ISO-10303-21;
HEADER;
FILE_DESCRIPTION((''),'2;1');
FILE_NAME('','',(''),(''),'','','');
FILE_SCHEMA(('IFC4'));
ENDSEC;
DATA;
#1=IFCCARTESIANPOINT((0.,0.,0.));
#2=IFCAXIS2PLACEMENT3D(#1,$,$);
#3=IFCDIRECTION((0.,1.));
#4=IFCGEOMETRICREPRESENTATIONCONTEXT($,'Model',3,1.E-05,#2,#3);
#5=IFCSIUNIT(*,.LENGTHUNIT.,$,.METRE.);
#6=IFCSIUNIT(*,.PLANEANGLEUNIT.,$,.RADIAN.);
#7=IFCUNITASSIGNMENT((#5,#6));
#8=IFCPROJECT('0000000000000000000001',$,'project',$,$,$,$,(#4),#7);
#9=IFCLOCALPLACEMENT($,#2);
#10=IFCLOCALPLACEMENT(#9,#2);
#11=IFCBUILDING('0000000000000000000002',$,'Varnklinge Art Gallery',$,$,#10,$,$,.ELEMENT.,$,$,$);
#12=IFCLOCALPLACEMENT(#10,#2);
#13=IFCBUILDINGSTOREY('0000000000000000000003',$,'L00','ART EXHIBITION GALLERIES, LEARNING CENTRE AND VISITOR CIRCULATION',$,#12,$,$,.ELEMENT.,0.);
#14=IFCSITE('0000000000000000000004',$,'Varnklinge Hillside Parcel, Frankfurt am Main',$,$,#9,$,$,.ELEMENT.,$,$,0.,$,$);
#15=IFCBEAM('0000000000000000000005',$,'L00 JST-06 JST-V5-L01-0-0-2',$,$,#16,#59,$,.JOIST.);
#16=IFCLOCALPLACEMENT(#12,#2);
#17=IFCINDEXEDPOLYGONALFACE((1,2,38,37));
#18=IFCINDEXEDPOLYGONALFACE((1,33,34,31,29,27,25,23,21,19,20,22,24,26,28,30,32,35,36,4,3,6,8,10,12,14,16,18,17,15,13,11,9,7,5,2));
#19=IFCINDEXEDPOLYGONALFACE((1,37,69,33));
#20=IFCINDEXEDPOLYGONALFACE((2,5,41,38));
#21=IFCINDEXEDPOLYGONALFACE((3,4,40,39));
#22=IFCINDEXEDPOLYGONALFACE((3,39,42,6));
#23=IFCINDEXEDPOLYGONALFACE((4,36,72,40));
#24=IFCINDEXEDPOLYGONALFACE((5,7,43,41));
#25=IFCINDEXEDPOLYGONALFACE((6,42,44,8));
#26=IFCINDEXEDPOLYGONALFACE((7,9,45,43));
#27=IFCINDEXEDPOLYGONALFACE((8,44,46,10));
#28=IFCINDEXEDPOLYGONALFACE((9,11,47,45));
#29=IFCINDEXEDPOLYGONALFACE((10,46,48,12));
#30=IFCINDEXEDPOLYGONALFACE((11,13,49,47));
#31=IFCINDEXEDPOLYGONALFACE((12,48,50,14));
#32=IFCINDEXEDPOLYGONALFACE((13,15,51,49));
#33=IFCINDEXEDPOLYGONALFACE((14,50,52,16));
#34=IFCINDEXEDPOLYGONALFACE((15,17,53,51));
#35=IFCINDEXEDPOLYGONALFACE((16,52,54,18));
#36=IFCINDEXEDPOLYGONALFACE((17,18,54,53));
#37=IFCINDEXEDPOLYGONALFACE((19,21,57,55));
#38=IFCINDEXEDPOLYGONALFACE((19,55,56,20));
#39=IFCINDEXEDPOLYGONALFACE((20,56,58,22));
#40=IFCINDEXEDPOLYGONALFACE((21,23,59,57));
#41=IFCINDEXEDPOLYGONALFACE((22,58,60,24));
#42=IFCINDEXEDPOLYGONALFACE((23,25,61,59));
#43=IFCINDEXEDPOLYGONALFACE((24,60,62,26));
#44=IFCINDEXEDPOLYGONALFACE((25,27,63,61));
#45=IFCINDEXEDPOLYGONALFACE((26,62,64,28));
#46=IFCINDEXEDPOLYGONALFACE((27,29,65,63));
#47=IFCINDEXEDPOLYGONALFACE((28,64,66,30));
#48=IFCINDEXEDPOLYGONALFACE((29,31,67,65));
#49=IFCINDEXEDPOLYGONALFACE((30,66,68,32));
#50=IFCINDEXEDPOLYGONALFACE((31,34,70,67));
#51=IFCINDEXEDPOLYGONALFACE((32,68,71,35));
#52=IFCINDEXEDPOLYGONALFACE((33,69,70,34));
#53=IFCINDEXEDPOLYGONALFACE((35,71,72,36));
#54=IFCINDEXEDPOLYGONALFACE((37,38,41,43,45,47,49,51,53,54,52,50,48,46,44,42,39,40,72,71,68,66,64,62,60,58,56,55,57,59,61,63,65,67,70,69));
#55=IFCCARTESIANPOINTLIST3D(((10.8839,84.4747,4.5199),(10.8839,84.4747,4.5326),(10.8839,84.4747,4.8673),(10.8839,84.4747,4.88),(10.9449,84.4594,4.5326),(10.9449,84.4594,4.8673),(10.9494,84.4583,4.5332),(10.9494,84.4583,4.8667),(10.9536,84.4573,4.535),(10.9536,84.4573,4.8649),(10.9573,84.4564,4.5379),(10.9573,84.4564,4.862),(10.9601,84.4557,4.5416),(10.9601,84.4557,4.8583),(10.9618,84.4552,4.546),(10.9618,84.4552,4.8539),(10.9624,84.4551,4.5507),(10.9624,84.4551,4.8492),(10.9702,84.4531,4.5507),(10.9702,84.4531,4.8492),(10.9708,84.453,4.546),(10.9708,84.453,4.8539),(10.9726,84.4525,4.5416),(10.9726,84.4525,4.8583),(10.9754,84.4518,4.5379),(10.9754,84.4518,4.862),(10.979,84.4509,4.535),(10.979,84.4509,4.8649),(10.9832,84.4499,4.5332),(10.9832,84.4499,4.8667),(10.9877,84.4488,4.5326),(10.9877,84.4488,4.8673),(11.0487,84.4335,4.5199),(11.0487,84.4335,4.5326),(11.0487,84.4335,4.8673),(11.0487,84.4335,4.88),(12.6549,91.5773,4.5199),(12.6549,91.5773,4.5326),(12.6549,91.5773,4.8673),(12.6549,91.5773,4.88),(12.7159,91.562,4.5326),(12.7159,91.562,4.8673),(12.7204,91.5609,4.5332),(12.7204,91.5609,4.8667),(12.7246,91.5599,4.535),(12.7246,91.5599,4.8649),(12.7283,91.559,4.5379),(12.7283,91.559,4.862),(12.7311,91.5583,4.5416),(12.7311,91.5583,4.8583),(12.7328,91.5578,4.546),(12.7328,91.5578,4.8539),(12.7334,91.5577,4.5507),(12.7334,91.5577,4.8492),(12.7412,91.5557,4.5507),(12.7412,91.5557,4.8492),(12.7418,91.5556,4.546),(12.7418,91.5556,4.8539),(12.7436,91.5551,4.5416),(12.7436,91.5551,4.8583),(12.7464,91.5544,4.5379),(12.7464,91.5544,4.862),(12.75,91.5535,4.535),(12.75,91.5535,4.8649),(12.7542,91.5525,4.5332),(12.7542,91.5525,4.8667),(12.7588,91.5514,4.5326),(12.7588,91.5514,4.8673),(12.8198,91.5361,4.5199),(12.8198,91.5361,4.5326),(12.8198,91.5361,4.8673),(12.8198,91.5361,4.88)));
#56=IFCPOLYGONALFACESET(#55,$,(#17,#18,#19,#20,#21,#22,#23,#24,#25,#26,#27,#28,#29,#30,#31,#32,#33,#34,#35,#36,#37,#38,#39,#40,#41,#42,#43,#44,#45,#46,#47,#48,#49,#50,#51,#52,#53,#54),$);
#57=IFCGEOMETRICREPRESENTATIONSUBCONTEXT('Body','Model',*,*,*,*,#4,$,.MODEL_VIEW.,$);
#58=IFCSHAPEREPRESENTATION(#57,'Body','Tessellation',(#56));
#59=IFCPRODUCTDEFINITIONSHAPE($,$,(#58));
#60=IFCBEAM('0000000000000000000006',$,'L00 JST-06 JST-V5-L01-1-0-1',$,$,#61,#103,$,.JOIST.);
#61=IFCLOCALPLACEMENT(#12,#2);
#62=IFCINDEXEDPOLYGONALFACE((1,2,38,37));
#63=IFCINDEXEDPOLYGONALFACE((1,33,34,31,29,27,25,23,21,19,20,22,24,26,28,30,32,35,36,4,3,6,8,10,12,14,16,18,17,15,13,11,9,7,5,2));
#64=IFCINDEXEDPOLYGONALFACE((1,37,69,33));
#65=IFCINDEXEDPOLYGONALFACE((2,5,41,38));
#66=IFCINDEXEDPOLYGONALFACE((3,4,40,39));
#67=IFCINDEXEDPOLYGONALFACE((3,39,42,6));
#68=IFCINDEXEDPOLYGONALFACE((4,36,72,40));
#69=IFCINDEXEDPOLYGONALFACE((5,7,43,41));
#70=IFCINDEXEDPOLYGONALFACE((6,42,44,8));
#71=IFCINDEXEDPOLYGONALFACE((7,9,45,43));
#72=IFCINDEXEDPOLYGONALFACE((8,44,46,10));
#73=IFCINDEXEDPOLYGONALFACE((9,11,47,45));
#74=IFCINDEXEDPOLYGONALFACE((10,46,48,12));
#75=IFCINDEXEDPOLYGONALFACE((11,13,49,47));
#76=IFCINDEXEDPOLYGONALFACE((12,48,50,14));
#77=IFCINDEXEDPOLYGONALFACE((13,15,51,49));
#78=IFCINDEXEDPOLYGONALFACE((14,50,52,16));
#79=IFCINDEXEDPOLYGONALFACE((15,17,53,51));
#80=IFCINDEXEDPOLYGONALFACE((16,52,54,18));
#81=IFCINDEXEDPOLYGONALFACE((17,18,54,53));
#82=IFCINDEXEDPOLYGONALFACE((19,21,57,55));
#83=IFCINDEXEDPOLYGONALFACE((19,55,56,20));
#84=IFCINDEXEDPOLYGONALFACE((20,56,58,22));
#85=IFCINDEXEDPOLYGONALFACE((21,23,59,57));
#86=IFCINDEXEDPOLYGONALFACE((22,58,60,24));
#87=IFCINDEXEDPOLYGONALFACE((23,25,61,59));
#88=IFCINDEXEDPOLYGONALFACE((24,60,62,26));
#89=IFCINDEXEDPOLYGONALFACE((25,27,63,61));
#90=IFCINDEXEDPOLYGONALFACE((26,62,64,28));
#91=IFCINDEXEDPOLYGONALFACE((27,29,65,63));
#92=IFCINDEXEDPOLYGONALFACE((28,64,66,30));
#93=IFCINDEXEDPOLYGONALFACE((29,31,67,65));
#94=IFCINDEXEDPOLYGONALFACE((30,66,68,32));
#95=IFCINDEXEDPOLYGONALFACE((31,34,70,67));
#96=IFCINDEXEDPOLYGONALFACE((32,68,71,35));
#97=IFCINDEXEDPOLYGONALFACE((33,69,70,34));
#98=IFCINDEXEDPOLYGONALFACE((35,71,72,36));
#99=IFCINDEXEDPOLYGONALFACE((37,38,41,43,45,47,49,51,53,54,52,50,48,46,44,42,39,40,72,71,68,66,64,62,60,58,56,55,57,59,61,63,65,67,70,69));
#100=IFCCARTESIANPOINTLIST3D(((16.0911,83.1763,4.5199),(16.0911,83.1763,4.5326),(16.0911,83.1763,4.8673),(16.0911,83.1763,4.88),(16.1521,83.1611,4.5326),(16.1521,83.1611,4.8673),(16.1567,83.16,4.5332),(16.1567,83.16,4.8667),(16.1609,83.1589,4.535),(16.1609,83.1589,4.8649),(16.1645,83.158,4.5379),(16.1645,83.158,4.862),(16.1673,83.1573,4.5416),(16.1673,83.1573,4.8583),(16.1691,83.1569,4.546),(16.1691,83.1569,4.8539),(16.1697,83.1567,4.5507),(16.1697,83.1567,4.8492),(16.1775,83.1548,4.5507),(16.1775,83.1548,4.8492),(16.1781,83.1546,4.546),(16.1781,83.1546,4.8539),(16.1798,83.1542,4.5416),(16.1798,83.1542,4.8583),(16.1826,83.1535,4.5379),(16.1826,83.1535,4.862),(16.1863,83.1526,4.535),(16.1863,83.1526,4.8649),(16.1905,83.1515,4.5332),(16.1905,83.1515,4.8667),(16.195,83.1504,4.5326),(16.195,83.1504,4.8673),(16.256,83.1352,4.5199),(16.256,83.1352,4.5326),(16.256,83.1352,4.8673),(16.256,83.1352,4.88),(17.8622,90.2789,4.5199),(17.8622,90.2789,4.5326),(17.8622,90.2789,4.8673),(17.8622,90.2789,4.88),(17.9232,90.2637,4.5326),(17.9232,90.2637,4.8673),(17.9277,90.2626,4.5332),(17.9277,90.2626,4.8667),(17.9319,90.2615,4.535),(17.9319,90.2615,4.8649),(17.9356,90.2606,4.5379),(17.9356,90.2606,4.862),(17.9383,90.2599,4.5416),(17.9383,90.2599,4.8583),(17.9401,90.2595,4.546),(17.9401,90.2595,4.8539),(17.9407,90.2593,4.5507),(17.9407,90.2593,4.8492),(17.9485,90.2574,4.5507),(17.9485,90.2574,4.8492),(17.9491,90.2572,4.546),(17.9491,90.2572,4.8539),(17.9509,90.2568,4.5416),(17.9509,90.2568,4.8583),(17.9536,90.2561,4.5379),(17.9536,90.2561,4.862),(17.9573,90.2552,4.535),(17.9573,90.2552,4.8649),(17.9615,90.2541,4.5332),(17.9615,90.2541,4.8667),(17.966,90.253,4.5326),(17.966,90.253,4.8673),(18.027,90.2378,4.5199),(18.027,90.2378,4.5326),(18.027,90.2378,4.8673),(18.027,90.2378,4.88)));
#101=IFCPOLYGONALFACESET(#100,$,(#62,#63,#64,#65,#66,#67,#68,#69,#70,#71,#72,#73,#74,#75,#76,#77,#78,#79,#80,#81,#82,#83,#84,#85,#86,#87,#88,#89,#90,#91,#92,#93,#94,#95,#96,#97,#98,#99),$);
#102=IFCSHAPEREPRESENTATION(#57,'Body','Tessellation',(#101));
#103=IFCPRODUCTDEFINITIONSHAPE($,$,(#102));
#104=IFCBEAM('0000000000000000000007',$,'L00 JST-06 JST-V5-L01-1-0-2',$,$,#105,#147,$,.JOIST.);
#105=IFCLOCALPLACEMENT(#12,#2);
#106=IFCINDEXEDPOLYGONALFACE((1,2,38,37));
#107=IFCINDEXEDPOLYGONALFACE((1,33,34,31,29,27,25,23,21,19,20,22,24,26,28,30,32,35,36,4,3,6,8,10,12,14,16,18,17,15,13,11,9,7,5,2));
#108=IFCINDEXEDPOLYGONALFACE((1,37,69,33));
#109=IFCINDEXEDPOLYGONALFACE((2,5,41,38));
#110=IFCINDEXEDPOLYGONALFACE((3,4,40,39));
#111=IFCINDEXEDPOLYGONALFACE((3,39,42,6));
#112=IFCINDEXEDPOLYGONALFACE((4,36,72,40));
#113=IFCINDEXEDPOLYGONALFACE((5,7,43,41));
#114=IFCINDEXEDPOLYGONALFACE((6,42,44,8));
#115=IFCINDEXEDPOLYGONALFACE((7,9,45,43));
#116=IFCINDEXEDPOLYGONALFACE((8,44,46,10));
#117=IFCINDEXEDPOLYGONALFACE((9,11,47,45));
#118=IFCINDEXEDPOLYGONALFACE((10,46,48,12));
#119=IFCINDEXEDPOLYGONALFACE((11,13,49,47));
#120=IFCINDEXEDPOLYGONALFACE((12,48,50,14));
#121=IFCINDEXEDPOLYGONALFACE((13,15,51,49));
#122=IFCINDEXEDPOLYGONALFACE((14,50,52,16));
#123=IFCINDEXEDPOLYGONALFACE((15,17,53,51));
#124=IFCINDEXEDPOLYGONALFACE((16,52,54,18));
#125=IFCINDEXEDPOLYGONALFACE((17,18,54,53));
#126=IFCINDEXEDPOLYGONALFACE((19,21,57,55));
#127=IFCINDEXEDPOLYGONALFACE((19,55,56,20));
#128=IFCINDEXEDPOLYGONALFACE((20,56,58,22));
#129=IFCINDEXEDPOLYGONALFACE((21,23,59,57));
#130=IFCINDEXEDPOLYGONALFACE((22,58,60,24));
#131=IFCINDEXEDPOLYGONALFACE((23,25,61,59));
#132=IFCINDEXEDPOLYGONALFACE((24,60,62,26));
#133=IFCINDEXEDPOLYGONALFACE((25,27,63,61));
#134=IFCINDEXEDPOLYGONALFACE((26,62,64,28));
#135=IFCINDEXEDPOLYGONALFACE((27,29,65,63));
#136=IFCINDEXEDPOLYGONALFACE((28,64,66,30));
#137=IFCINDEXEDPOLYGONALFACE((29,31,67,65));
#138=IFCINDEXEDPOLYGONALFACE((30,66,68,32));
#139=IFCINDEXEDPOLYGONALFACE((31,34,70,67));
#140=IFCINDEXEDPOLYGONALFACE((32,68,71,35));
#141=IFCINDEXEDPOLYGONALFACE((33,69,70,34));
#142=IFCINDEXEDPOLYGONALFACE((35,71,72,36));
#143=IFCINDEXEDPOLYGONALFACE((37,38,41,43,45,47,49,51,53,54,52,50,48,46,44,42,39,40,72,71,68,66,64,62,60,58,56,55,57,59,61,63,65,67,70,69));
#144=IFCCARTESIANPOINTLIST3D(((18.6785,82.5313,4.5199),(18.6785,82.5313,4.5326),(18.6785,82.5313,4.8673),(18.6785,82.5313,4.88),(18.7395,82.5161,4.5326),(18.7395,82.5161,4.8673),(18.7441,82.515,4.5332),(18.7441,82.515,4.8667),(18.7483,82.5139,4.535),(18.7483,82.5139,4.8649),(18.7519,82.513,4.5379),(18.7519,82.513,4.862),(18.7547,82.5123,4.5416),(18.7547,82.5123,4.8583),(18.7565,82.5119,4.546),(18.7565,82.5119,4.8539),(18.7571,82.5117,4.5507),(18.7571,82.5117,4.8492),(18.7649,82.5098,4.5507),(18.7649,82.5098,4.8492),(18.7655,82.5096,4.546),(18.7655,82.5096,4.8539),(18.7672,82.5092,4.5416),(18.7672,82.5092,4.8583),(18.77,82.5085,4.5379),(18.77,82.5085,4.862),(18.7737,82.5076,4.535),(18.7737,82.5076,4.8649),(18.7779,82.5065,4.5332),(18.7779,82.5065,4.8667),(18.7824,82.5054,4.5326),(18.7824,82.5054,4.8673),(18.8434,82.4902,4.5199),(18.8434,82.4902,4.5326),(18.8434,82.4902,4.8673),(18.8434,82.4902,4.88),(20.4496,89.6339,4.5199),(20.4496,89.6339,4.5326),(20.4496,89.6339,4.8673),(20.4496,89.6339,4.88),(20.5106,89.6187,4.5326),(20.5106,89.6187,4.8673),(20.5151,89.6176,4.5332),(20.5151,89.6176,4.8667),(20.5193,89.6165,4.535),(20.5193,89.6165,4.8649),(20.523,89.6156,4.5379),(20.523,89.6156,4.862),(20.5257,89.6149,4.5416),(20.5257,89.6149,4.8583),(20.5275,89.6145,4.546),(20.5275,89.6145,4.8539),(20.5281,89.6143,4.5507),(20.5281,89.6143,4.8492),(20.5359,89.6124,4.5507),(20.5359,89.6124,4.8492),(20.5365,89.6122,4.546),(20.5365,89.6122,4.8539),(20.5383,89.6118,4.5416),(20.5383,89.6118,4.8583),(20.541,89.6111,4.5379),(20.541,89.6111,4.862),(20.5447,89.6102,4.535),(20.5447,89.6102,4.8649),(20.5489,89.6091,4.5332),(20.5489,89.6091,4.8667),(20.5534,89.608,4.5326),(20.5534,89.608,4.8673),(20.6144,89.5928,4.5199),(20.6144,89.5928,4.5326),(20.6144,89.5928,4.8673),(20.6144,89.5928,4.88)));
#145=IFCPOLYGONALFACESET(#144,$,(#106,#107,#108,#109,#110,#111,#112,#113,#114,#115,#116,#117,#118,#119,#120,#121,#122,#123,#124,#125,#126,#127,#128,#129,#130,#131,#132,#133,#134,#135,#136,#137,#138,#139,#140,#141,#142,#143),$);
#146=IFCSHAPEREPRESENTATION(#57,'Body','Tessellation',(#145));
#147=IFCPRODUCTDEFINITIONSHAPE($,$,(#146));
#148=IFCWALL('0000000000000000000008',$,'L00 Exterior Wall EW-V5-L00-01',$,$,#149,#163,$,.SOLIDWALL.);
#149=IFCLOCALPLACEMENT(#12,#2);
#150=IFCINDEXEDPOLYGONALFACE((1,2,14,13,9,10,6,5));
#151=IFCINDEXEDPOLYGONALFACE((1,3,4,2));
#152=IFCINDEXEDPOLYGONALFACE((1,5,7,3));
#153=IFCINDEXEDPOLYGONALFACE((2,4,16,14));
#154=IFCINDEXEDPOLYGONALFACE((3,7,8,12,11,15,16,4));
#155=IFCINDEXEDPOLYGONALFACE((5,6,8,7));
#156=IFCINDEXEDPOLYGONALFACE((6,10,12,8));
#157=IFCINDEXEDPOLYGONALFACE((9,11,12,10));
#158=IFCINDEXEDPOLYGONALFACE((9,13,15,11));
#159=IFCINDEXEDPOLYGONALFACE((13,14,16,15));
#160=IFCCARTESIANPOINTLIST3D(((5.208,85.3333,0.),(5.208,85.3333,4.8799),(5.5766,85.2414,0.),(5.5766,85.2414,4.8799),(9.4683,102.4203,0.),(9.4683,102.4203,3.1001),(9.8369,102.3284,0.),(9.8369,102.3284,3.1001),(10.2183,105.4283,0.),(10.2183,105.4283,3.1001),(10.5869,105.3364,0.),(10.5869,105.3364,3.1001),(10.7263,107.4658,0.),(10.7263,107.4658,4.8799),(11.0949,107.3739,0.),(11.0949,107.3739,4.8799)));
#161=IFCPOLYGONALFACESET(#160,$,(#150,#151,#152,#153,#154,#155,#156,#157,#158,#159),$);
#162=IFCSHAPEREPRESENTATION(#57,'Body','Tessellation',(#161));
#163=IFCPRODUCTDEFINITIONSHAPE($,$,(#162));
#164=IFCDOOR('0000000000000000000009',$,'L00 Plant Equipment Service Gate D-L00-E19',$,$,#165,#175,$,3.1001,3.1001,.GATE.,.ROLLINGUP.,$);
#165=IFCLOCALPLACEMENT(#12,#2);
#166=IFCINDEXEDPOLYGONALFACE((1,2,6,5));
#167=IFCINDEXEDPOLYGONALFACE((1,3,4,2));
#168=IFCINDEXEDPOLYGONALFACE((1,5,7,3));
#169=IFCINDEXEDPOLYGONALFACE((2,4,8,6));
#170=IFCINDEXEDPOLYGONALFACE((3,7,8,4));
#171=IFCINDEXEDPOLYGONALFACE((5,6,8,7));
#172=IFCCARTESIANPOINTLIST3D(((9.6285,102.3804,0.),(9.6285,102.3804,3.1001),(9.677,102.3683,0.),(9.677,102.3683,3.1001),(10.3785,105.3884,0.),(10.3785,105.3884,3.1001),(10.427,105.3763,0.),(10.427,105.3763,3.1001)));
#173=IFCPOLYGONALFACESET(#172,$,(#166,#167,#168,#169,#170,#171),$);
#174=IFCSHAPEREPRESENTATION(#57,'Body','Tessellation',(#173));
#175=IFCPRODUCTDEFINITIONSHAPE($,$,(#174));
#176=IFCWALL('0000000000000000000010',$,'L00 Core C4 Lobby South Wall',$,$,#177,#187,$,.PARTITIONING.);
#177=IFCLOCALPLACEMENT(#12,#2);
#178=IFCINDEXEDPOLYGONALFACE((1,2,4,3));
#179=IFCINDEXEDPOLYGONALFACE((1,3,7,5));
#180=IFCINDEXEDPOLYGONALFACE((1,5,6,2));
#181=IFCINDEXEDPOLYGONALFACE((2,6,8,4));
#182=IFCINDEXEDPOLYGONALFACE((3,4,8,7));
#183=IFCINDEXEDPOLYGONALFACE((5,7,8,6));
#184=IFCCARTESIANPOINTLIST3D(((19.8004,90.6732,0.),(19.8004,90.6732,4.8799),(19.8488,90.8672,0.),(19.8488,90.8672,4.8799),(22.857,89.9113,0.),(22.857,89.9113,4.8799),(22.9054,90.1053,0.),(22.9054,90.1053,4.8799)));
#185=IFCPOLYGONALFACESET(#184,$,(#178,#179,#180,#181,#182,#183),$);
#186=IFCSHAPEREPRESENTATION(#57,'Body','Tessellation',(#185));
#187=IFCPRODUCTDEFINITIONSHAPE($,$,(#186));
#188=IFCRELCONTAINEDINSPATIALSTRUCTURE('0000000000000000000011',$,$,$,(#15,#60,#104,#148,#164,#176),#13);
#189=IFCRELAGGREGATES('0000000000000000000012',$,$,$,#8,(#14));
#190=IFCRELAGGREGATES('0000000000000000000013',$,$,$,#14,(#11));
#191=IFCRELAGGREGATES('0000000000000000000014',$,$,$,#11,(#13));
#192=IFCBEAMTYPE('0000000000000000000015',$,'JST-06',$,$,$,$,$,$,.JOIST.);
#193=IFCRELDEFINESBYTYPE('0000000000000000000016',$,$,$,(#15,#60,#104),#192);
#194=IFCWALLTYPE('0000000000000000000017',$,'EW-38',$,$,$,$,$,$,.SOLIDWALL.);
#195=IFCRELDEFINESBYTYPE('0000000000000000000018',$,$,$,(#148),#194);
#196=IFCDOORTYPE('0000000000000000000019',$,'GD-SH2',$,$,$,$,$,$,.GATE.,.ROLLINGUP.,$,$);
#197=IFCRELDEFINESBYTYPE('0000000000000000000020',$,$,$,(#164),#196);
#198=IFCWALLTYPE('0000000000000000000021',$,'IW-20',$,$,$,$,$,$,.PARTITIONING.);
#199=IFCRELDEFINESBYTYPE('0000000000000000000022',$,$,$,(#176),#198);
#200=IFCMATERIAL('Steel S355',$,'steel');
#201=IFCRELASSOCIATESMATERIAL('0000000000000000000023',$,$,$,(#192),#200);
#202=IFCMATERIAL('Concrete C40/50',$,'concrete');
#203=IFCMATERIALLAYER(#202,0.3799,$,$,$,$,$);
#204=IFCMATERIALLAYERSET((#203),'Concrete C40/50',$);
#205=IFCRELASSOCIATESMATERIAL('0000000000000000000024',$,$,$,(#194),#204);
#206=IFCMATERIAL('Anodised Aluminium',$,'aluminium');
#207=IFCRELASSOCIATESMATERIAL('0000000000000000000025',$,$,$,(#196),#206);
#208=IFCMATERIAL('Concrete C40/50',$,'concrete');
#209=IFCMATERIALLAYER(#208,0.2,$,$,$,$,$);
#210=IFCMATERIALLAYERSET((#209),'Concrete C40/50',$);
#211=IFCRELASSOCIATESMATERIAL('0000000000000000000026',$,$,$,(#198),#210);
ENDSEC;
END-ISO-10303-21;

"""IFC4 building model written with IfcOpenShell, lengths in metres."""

from ifc_helpers import new_model, si_unit, direction, frame, frame_2d, origin, origin_2d, place, context, subcontext, project, spatial, rectangle, i_section, extrude, material, layer, layer_set, material_profile, profile_set, type_object, element, fill, save


model = new_model("IFC4")

# Units and contexts
model_context = context("Model", 3, precision=1e-05, world=origin(), true_north=direction((0.0, 1.0)))
body_context = subcontext(model_context, "Body", "Model", "MODEL_VIEW")
ifc_project = project(units=[si_unit("LENGTHUNIT", "METRE"), si_unit("PLANEANGLEUNIT", "RADIAN")], contexts=[model_context])

# Site, building, storey
site_placement = place(None, origin())
site = spatial("IfcSite", under=ifc_project, at=site_placement, Name="Varnklinge Hillside Parcel, Frankfurt am Main", CompositionType="ELEMENT", RefElevation=0.0)
building_placement = place(site_placement, origin())
building = spatial("IfcBuilding", under=site, at=building_placement, Name="Varnklinge Art Gallery", CompositionType="ELEMENT")
storey_placement = place(building_placement, origin())
storey = spatial("IfcBuildingStorey", under=building, at=storey_placement, Name="L00", Description="ART EXHIBITION GALLERIES, LEARNING CENTRE AND VISITOR CIRCULATION", CompositionType="ELEMENT", Elevation=0.0)

# Beams
ifc_material_1 = material(Name="Steel S355", Category="steel")
ifc_material_profile_1 = material_profile(ifc_material_1, i_section(OverallWidth=0.1699, OverallDepth=0.3601, WebThickness=0.0081, FlangeThickness=0.0127, FilletRadius=0.0181, at=origin_2d()), Name="IPE 360")
ifc_profile_set_1 = profile_set([ifc_material_profile_1], Name="Steel S355")
beam_type_1 = type_object("IfcBeamType", Name="JST-06", PredefinedType="JOIST", material=ifc_profile_set_1)
for number, where, z_axis, x_axis, name in (
    (1, (10.9663, 84.4541, 4.7), (0.241939, 0.970291, 0.0), (-0.970291, 0.241939, 0.0), "L00 JST-06 JST-V5-L01-0-0-2"),
    (2, (16.1736, 83.1558, 4.7), (0.241939, 0.970291, 0.0), (-0.970291, 0.241939, 0.0), "L00 JST-06 JST-V5-L01-1-0-1"),
    (3, (18.761, 82.5107, 4.7), (0.241939, 0.970291, 0.0), (-0.970291, 0.241939, 0.0), "L00 JST-06 JST-V5-L01-1-0-2"),
):
    element("IfcBeam", number, at=place(storey_placement, frame(where, z_axis=z_axis, x_axis=x_axis)), inside=storey, type_object=beam_type_1, Name=name, PredefinedType="JOIST", context=body_context, shape_type="SweptSolid", body=[
        extrude(i_section(OverallWidth=0.1699, OverallDepth=0.3601, WebThickness=0.0081, FlangeThickness=0.0127, FilletRadius=0.0181, at=origin_2d()), origin(), (0.0, 0.0, 1.0), 7.3201),
    ])

# Wall, opening, door
ifc_material_2 = material(Name="Concrete C40/50", Category="concrete")
ifc_layer_1 = layer(ifc_material_2, 0.3799)
ifc_layer_set_1 = layer_set([ifc_layer_1], Name="Concrete C40/50")
wall_type_1 = type_object("IfcWallType", Name="EW-38", PredefinedType="SOLIDWALL", material=ifc_layer_set_1)
wall_1_placement = place(storey_placement, frame((5.3923, 85.2874, 0.0), z_axis=(0.0, 0.0, 1.0), x_axis=(0.241924, 0.970295, 0.0)))
wall_1 = element("IfcWall", 4, at=wall_1_placement, inside=storey, type_object=wall_type_1, Name="L00 Exterior Wall EW-V5-L00-01", PredefinedType="SOLIDWALL", context=body_context, shape_type="SweptSolid", body=[
    extrude(rectangle(XDim=22.8101, YDim=0.3799, at=frame_2d((11.405, 0.0))), origin(), (0.0, 0.0, 1.0), 4.8799),
])
opening_1_placement = place(wall_1_placement, frame((17.6101, 0.0, 0.0)))
opening_1 = element("IfcOpeningElement", 5, at=opening_1_placement, cuts=wall_1, PredefinedType="OPENING", context=body_context, shape_type="SweptSolid", body=[
    extrude(rectangle(XDim=3.1001, YDim=3.1001, at=frame_2d((1.55, 1.55))), frame((0.0, 0.2, 0.0), z_axis=(0.0, -1.0, 0.0), x_axis=(1.0, 0.0, 0.0)), (0.0, 0.0, 1.0), 0.3999),
])
ifc_material_3 = material(Name="Anodised Aluminium", Category="aluminium")
door_type_1 = type_object("IfcDoorType", Name="GD-SH2", OperationType="ROLLINGUP", PredefinedType="GATE", material=ifc_material_3)
door_1_placement = place(opening_1_placement, origin())
door_1 = element("IfcDoor", 6, at=door_1_placement, inside=storey, type_object=door_type_1, Name="L00 Plant Equipment Service Gate D-L00-E19", OperationType="ROLLINGUP", OverallHeight=3.1001, OverallWidth=3.1001, PredefinedType="GATE", context=body_context, shape_type="SweptSolid", body=[
    extrude(rectangle(XDim=3.1001, YDim=3.1001, at=frame_2d((1.55, 1.55))), frame((0.0, 0.0249, 0.0), z_axis=(0.0, -1.0, 0.0), x_axis=(1.0, 0.0, 0.0)), (0.0, 0.0, 1.0), 0.05),
])
fill(opening_1, door_1)

# Wall
ifc_material_4 = material(Name="Concrete C40/50", Category="concrete")
ifc_layer_2 = layer(ifc_material_4, 0.2)
ifc_layer_set_2 = layer_set([ifc_layer_2], Name="Concrete C40/50")
wall_type_2 = type_object("IfcWallType", Name="IW-20", PredefinedType="PARTITIONING", material=ifc_layer_set_2)
wall_2_placement = place(storey_placement, frame((19.8245, 90.7703, 0.0), z_axis=(0.0, 0.0, 1.0), x_axis=(0.970306, -0.241879, 0.0)))
element("IfcWall", 7, at=wall_2_placement, inside=storey, type_object=wall_type_2, Name="L00 Core C4 Lobby South Wall", PredefinedType="PARTITIONING", context=body_context, shape_type="SweptSolid", body=[
    extrude(rectangle(XDim=3.1501, YDim=0.2, at=frame_2d((1.5752, 0.0))), origin(), (0.0, 0.0, 1.0), 4.8799),
])

save(model, "model.ifc")
